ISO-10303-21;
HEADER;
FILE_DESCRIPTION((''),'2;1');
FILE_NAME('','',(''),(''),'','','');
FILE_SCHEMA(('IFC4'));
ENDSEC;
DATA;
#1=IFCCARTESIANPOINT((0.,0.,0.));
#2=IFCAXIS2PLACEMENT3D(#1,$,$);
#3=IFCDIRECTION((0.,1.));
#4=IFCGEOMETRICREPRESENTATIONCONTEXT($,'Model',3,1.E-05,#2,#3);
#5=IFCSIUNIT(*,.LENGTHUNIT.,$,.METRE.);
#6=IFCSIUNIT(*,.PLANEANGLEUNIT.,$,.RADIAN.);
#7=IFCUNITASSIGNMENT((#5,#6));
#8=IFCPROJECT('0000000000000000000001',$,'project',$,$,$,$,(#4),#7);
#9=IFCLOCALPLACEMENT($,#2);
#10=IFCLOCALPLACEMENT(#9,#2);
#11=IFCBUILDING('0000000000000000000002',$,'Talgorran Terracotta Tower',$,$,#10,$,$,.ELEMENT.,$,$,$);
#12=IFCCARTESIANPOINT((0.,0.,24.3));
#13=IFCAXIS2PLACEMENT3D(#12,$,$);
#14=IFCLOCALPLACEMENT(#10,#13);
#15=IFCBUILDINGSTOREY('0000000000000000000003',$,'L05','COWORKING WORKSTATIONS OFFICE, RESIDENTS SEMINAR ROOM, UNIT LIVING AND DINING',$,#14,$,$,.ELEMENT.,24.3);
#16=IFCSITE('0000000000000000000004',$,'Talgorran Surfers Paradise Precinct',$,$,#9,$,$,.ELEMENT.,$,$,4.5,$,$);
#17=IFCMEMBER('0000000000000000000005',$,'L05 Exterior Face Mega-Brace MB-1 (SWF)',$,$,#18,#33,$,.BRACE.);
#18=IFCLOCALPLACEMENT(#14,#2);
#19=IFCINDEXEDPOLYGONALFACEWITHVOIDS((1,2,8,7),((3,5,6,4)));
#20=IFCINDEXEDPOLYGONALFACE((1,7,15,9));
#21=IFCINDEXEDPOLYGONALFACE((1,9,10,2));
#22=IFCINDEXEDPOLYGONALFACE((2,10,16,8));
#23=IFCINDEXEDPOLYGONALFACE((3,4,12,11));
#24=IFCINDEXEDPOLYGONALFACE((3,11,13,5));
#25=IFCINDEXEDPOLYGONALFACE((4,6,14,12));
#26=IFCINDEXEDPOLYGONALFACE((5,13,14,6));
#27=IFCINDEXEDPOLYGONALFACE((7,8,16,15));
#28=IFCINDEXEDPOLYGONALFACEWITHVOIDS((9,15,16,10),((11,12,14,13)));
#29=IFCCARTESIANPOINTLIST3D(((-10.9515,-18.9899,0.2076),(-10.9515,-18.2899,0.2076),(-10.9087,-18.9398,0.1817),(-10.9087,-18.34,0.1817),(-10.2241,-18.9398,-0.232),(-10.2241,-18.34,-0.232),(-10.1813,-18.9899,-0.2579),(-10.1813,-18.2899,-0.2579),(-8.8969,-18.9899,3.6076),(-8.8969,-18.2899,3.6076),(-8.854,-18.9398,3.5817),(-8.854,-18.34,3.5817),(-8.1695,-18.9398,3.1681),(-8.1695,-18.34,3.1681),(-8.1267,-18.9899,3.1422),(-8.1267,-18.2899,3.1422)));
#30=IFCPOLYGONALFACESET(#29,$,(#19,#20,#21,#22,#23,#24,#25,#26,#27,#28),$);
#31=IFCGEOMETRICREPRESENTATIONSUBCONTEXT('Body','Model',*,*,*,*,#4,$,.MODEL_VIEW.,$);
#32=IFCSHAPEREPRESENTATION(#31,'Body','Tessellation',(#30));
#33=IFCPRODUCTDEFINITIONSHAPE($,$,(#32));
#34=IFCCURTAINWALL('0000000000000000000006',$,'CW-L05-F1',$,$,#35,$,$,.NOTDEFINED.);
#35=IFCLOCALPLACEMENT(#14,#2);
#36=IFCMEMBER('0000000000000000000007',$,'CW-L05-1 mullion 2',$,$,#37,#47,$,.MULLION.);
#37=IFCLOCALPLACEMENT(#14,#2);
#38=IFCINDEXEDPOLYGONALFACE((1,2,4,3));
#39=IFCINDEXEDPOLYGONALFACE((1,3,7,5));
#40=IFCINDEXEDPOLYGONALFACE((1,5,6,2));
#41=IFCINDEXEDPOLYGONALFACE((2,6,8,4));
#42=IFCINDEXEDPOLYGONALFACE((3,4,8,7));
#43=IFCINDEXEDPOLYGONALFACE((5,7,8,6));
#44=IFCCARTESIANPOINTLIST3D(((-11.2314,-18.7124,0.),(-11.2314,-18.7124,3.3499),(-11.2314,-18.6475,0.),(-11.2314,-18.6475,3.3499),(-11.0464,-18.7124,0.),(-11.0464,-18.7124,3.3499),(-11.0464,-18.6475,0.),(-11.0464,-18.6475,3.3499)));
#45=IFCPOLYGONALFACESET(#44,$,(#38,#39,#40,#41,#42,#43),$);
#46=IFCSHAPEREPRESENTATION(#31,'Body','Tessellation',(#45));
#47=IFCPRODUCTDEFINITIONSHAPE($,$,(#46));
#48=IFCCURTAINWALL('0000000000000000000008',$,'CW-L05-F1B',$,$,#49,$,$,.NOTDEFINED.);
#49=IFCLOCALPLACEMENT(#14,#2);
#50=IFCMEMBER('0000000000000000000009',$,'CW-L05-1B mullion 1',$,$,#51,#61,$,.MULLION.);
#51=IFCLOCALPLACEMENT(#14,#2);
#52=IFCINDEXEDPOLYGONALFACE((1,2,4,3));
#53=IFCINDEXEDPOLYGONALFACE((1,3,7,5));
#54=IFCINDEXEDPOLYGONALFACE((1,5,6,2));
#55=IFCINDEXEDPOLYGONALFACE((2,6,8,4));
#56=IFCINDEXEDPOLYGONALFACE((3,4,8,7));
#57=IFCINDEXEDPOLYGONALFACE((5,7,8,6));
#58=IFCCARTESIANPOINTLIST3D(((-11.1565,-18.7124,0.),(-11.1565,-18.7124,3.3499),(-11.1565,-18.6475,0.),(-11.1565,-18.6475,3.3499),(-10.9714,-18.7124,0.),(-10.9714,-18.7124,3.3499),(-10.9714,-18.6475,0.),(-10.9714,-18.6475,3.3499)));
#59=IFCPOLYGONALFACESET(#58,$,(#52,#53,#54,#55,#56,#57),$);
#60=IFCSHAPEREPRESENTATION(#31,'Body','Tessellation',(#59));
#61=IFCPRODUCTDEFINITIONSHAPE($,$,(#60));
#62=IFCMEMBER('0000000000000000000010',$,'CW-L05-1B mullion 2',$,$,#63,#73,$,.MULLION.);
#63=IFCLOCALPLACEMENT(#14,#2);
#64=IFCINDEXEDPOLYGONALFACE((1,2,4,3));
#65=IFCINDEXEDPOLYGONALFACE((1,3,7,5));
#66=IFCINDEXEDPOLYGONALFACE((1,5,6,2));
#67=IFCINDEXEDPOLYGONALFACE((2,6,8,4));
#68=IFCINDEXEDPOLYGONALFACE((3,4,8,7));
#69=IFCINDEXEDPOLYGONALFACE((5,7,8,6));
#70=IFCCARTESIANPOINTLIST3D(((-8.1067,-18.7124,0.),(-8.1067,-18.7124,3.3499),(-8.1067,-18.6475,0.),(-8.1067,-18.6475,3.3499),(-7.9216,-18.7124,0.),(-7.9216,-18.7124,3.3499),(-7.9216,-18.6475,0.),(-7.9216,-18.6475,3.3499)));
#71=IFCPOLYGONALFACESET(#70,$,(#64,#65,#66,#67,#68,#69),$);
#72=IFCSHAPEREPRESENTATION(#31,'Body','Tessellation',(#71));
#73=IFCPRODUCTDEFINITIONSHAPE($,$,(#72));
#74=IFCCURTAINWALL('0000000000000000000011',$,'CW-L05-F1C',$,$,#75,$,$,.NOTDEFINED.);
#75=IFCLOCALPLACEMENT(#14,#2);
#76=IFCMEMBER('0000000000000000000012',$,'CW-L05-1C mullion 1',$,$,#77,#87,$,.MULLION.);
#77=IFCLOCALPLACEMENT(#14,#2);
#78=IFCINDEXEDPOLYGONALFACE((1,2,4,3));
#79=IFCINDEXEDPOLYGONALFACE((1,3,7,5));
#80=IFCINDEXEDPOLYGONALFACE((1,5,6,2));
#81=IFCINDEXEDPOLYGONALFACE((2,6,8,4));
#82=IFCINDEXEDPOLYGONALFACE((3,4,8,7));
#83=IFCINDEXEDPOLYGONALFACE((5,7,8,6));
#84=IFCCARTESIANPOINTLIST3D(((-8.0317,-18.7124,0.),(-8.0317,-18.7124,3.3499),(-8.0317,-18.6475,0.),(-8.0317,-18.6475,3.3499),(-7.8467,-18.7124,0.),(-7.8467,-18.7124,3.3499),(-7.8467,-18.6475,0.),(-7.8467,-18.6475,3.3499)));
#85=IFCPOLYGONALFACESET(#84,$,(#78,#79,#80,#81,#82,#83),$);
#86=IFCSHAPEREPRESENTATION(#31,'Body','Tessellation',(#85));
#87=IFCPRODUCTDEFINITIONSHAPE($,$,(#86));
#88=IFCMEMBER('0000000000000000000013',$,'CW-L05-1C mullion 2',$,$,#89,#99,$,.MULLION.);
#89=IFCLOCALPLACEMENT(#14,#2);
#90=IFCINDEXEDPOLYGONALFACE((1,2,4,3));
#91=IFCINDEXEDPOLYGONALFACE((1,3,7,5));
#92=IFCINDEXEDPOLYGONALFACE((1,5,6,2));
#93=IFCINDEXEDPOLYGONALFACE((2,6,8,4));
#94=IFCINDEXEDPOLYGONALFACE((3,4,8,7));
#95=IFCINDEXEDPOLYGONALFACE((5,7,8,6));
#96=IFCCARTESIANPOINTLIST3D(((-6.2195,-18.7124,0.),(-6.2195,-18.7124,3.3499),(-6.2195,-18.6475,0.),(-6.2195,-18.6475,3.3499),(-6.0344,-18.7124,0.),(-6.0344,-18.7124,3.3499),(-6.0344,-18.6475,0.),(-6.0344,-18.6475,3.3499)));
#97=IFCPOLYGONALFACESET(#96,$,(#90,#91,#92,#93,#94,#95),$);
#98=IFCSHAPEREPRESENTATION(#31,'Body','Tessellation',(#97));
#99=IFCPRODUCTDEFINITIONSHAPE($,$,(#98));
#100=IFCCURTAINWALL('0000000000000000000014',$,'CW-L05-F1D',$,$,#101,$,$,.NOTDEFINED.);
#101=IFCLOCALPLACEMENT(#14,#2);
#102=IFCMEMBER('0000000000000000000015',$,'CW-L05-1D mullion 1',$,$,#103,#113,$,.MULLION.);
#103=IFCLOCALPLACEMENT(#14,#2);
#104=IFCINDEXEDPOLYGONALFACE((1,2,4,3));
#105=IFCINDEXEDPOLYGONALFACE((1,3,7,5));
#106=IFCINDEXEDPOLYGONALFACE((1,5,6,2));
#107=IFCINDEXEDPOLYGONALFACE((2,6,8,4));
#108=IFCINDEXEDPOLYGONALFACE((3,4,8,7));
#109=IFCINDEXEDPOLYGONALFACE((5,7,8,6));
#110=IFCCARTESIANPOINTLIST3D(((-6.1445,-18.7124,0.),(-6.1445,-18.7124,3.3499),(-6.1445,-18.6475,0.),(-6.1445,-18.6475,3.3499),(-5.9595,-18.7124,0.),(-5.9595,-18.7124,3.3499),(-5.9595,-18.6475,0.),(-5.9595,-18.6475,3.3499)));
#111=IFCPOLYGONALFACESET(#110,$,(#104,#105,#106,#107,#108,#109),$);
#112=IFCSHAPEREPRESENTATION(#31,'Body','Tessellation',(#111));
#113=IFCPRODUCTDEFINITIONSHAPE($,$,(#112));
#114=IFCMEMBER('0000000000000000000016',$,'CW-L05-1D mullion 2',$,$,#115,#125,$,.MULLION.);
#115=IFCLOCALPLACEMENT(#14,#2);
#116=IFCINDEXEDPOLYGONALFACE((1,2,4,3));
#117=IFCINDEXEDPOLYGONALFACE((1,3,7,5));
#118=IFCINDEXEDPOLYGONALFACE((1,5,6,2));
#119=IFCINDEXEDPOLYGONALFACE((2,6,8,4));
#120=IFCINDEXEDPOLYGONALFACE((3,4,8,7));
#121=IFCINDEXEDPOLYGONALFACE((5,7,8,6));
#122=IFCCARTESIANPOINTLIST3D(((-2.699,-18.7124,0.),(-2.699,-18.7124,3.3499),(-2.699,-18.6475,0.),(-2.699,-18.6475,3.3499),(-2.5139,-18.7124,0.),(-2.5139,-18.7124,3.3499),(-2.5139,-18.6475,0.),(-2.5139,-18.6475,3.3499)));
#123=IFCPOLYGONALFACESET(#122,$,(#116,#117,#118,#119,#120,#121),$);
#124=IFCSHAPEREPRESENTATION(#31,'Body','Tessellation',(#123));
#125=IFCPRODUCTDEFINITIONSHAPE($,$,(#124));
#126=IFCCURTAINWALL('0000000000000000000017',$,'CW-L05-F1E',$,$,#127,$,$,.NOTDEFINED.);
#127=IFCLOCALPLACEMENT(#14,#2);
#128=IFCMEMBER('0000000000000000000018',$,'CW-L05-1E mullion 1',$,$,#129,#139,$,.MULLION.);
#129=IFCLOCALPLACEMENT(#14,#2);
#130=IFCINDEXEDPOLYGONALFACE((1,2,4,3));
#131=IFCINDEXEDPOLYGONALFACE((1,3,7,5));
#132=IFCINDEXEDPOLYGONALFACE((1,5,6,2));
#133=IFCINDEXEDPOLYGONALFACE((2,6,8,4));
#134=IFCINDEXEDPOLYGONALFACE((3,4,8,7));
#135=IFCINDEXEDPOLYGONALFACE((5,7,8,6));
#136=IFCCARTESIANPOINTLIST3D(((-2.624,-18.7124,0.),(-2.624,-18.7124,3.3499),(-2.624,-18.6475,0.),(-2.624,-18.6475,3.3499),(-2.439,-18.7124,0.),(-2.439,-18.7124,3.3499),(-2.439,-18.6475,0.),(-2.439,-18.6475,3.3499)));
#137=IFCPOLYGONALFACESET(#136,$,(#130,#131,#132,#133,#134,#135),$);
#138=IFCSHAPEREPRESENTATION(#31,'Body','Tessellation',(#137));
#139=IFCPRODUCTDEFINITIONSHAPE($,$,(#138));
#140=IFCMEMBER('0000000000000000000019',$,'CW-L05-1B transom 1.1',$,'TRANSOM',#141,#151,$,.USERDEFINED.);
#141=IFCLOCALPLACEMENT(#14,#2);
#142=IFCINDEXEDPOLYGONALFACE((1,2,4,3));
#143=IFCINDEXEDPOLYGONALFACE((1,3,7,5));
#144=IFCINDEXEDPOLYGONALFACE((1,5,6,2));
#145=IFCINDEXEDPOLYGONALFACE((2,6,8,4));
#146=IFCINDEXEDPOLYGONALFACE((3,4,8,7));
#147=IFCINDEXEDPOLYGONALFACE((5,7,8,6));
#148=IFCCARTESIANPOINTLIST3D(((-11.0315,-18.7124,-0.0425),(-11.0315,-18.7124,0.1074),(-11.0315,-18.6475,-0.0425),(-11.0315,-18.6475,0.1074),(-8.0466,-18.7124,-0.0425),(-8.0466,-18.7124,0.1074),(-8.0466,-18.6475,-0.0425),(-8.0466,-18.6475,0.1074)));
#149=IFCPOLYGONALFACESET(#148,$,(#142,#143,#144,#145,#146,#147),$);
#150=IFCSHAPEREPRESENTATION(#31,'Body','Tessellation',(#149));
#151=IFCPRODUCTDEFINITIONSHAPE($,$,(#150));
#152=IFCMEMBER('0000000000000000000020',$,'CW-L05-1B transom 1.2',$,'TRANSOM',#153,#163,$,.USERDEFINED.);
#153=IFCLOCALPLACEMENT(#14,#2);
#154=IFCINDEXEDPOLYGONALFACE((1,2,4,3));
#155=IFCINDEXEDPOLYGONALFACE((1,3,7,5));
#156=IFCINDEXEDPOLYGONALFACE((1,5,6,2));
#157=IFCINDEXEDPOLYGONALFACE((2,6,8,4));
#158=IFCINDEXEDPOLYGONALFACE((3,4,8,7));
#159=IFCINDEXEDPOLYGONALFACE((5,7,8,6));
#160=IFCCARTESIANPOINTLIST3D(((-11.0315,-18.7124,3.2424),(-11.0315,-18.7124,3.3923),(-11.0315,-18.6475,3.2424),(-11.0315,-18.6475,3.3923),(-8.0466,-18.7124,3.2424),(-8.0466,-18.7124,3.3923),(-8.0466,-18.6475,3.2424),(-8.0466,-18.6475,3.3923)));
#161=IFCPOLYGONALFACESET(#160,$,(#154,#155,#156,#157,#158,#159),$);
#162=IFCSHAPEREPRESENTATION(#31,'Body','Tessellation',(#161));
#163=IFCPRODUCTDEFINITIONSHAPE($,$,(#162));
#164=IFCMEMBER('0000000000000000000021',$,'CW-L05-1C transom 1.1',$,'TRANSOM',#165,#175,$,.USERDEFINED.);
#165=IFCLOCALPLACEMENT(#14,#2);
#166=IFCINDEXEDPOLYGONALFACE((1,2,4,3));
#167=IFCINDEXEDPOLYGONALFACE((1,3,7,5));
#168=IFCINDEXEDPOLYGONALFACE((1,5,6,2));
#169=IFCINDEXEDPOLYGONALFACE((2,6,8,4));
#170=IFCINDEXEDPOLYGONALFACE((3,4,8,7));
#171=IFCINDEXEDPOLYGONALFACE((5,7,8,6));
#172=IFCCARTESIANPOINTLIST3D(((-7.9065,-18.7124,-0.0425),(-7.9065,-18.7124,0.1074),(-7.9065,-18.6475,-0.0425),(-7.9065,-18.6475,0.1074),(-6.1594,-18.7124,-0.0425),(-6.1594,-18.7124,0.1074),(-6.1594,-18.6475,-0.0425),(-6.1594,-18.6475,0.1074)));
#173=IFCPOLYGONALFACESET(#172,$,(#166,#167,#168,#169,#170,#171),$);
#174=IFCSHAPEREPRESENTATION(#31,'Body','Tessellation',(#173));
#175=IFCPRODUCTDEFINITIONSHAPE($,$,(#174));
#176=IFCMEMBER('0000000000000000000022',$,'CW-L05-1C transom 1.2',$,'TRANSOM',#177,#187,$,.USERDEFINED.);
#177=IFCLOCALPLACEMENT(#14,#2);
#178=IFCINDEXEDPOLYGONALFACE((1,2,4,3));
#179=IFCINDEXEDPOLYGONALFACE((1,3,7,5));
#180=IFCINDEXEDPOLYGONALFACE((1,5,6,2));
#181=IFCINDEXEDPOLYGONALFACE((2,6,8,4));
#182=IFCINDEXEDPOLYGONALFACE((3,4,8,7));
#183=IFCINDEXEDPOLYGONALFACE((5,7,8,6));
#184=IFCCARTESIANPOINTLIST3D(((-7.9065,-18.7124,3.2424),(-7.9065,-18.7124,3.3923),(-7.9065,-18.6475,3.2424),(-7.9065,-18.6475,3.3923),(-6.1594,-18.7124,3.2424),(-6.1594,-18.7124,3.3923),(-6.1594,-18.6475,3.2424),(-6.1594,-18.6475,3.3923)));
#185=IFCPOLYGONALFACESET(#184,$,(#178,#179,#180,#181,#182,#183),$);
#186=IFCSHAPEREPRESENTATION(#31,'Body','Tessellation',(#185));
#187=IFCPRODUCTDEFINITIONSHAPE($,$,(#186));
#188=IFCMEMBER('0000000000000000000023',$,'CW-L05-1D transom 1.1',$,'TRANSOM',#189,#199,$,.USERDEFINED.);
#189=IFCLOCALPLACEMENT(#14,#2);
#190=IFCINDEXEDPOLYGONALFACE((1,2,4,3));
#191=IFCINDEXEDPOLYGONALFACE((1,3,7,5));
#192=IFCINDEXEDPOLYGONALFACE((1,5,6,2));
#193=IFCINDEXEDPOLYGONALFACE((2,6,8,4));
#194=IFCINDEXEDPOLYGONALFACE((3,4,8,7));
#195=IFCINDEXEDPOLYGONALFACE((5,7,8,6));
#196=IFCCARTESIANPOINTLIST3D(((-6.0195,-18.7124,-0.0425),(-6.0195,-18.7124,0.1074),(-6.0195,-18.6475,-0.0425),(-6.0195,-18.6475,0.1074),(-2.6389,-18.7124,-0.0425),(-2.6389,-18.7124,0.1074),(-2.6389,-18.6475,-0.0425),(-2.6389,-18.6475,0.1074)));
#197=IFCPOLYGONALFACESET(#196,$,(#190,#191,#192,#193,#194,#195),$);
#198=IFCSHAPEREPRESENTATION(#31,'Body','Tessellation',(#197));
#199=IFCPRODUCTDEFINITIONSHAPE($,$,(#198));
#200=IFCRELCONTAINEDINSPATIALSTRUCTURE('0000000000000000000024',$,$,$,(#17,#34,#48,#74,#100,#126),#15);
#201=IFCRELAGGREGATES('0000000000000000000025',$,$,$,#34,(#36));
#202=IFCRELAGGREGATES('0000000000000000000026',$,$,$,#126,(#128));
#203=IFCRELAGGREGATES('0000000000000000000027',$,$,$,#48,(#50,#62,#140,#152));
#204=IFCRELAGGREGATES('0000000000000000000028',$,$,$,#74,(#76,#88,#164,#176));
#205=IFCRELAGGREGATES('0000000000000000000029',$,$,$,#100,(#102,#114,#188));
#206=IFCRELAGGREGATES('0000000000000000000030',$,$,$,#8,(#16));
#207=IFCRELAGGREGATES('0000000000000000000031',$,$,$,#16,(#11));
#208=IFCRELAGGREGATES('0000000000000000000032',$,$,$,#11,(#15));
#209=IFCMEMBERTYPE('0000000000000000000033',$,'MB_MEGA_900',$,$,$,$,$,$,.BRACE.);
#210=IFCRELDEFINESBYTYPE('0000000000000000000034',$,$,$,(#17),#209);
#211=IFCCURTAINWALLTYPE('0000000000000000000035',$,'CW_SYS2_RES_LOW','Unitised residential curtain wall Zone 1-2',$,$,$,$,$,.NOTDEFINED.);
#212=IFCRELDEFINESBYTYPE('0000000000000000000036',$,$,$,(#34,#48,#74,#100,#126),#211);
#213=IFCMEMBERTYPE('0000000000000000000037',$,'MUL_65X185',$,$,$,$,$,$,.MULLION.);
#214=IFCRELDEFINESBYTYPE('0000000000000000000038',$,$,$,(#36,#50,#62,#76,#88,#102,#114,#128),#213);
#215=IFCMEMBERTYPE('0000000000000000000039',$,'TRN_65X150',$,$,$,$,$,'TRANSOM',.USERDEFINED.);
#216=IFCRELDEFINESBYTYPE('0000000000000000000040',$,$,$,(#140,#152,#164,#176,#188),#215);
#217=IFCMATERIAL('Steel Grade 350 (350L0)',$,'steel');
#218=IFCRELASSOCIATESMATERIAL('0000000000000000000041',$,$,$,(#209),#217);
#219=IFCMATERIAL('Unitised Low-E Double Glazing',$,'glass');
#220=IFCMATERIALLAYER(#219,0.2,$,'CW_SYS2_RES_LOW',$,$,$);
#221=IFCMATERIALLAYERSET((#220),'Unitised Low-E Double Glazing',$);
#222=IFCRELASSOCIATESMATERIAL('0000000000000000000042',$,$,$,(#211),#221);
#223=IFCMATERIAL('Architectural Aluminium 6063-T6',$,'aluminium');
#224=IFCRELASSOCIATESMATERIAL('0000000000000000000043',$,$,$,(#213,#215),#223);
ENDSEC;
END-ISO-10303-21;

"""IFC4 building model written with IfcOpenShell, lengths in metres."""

from ifc_helpers import new_model, si_unit, direction, frame, origin, origin_2d, place, context, subcontext, project, spatial, rectangle, hollow_rectangle, extrude, material, layer, layer_set, material_profile, profile_set, type_object, element, aggregate, save


model = new_model("IFC4")

# Units and contexts
model_context = context("Model", 3, precision=1e-05, world=origin(), true_north=direction((0.0, 1.0)))
body_context = subcontext(model_context, "Body", "Model", "MODEL_VIEW")
ifc_project = project(units=[si_unit("LENGTHUNIT", "METRE"), si_unit("PLANEANGLEUNIT", "RADIAN")], contexts=[model_context])

# Site, building, storey
site_placement = place(None, origin())
site = spatial("IfcSite", under=ifc_project, at=site_placement, Name="Talgorran Surfers Paradise Precinct", CompositionType="ELEMENT", RefElevation=4.5)
building_placement = place(site_placement, origin())
building = spatial("IfcBuilding", under=site, at=building_placement, Name="Talgorran Terracotta Tower", CompositionType="ELEMENT")
storey_placement = place(building_placement, frame((0.0, 0.0, 24.3)))
storey = spatial("IfcBuildingStorey", under=building, at=storey_placement, Name="L05", Description="COWORKING WORKSTATIONS OFFICE, RESIDENTS SEMINAR ROOM, UNIT LIVING AND DINING", CompositionType="ELEMENT", Elevation=24.3)

# Member
ifc_material_1 = material(Name="Steel Grade 350 (350L0)", Category="steel")
ifc_material_profile_1 = material_profile(ifc_material_1, hollow_rectangle(XDim=0.7, YDim=0.8999, WallThickness=0.05, at=origin_2d()), Name="WBOX900X700X50")
ifc_profile_set_1 = profile_set([ifc_material_profile_1], Name="Steel Grade 350 (350L0)")
member_type_1 = type_object("IfcMemberType", Name="MB_MEGA_900", PredefinedType="BRACE", material=ifc_profile_set_1)
member_1_placement = place(storey_placement, frame((-10.5664, -18.6399, -0.0251), z_axis=(0.517195, 0.0, 0.855867), x_axis=(0.0, 1.0, 0.0)))
element("IfcMember", 1, at=member_1_placement, inside=storey, type_object=member_type_1, Name="L05 Exterior Face Mega-Brace MB-1 (SWF)", PredefinedType="BRACE", context=body_context, shape_type="SweptSolid", body=[
    extrude(hollow_rectangle(XDim=0.7, YDim=0.8999, WallThickness=0.05, at=origin_2d()), origin(), (0.0, 0.0, 1.0), 3.9727),
])

# Curtain wall, member
ifc_material_2 = material(Name="Unitised Low-E Double Glazing", Category="glass")
ifc_layer_1 = layer(ifc_material_2, 0.2, Name="CW_SYS2_RES_LOW")
ifc_layer_set_1 = layer_set([ifc_layer_1], Name="Unitised Low-E Double Glazing")
curtain_wall_type = type_object("IfcCurtainWallType", Name="CW_SYS2_RES_LOW", Description="Unitised residential curtain wall Zone 1-2", PredefinedType="NOTDEFINED", material=ifc_layer_set_1)
curtain_wall_1_placement = place(storey_placement, origin())
curtain_wall_1 = element("IfcCurtainWall", 2, at=curtain_wall_1_placement, inside=storey, type_object=curtain_wall_type, Name="CW-L05-F1", PredefinedType="NOTDEFINED")
ifc_material_3 = material(Name="Architectural Aluminium 6063-T6", Category="aluminium")
ifc_material_profile_2 = material_profile(ifc_material_3, rectangle(XDim=0.0649, YDim=0.1851, at=origin_2d()), Name="CWM65X185")
ifc_profile_set_2 = profile_set([ifc_material_profile_2], Name="Architectural Aluminium 6063-T6")
member_type_2 = type_object("IfcMemberType", Name="MUL_65X185", PredefinedType="MULLION", material=ifc_profile_set_2)
member_2_placement = place(storey_placement, frame((-11.1389, -18.6799, 0.0), z_axis=(0.0, 0.0, 1.0), x_axis=(0.0, 1.0, 0.0)))
member_2 = element("IfcMember", 3, at=member_2_placement, type_object=member_type_2, Name="CW-L05-1 mullion 2", PredefinedType="MULLION", context=body_context, shape_type="SweptSolid", body=[
    extrude(rectangle(XDim=0.0649, YDim=0.1851, at=origin_2d()), origin(), (0.0, 0.0, 1.0), 3.3499),
])
aggregate(curtain_wall_1, [member_2])

# Curtain walls, members
curtain_wall_2_placement = place(storey_placement, origin())
curtain_wall_2 = element("IfcCurtainWall", 4, at=curtain_wall_2_placement, inside=storey, type_object=curtain_wall_type, Name="CW-L05-F1B", PredefinedType="NOTDEFINED")
member_3_placement = place(storey_placement, frame((-11.064, -18.6799, 0.0), z_axis=(0.0, 0.0, 1.0), x_axis=(0.0, 1.0, 0.0)))
member_3 = element("IfcMember", 5, at=member_3_placement, type_object=member_type_2, Name="CW-L05-1B mullion 1", PredefinedType="MULLION", context=body_context, shape_type="SweptSolid", body=[
    extrude(rectangle(XDim=0.0649, YDim=0.1851, at=origin_2d()), origin(), (0.0, 0.0, 1.0), 3.3499),
])
member_4_placement = place(storey_placement, frame((-8.0142, -18.6799, 0.0), z_axis=(0.0, 0.0, 1.0), x_axis=(0.0, 1.0, 0.0)))
member_4 = element("IfcMember", 6, at=member_4_placement, type_object=member_type_2, Name="CW-L05-1B mullion 2", PredefinedType="MULLION", context=body_context, shape_type="SweptSolid", body=[
    extrude(rectangle(XDim=0.0649, YDim=0.1851, at=origin_2d()), origin(), (0.0, 0.0, 1.0), 3.3499),
])
curtain_wall_3_placement = place(storey_placement, origin())
curtain_wall_3 = element("IfcCurtainWall", 7, at=curtain_wall_3_placement, inside=storey, type_object=curtain_wall_type, Name="CW-L05-F1C", PredefinedType="NOTDEFINED")
member_5_placement = place(storey_placement, frame((-7.9392, -18.6799, 0.0), z_axis=(0.0, 0.0, 1.0), x_axis=(0.0, 1.0, 0.0)))
member_5 = element("IfcMember", 8, at=member_5_placement, type_object=member_type_2, Name="CW-L05-1C mullion 1", PredefinedType="MULLION", context=body_context, shape_type="SweptSolid", body=[
    extrude(rectangle(XDim=0.0649, YDim=0.1851, at=origin_2d()), origin(), (0.0, 0.0, 1.0), 3.3499),
])
member_6_placement = place(storey_placement, frame((-6.127, -18.6799, 0.0), z_axis=(0.0, 0.0, 1.0), x_axis=(0.0, 1.0, 0.0)))
member_6 = element("IfcMember", 9, at=member_6_placement, type_object=member_type_2, Name="CW-L05-1C mullion 2", PredefinedType="MULLION", context=body_context, shape_type="SweptSolid", body=[
    extrude(rectangle(XDim=0.0649, YDim=0.1851, at=origin_2d()), origin(), (0.0, 0.0, 1.0), 3.3499),
])
curtain_wall_4_placement = place(storey_placement, origin())
curtain_wall_4 = element("IfcCurtainWall", 10, at=curtain_wall_4_placement, inside=storey, type_object=curtain_wall_type, Name="CW-L05-F1D", PredefinedType="NOTDEFINED")
member_7_placement = place(storey_placement, frame((-6.052, -18.6799, 0.0), z_axis=(0.0, 0.0, 1.0), x_axis=(0.0, 1.0, 0.0)))
member_7 = element("IfcMember", 11, at=member_7_placement, type_object=member_type_2, Name="CW-L05-1D mullion 1", PredefinedType="MULLION", context=body_context, shape_type="SweptSolid", body=[
    extrude(rectangle(XDim=0.0649, YDim=0.1851, at=origin_2d()), origin(), (0.0, 0.0, 1.0), 3.3499),
])
member_8_placement = place(storey_placement, frame((-2.6064, -18.6799, 0.0), z_axis=(0.0, 0.0, 1.0), x_axis=(0.0, 1.0, 0.0)))
member_8 = element("IfcMember", 12, at=member_8_placement, type_object=member_type_2, Name="CW-L05-1D mullion 2", PredefinedType="MULLION", context=body_context, shape_type="SweptSolid", body=[
    extrude(rectangle(XDim=0.0649, YDim=0.1851, at=origin_2d()), origin(), (0.0, 0.0, 1.0), 3.3499),
])

# Curtain wall, member
curtain_wall_5_placement = place(storey_placement, origin())
curtain_wall_5 = element("IfcCurtainWall", 13, at=curtain_wall_5_placement, inside=storey, type_object=curtain_wall_type, Name="CW-L05-F1E", PredefinedType="NOTDEFINED")
member_9_placement = place(storey_placement, frame((-2.5315, -18.6799, 0.0), z_axis=(0.0, 0.0, 1.0), x_axis=(0.0, 1.0, 0.0)))
member_9 = element("IfcMember", 14, at=member_9_placement, type_object=member_type_2, Name="CW-L05-1E mullion 1", PredefinedType="MULLION", context=body_context, shape_type="SweptSolid", body=[
    extrude(rectangle(XDim=0.0649, YDim=0.1851, at=origin_2d()), origin(), (0.0, 0.0, 1.0), 3.3499),
])

# Members
ifc_material_profile_3 = material_profile(ifc_material_3, rectangle(XDim=0.0649, YDim=0.1499, at=origin_2d()), Name="CWT65X150")
ifc_profile_set_3 = profile_set([ifc_material_profile_3], Name="Architectural Aluminium 6063-T6")
member_type_3 = type_object("IfcMemberType", Name="TRN_65X150", ElementType="TRANSOM", PredefinedType="USERDEFINED", material=ifc_profile_set_3)
member_10_placement = place(storey_placement, frame((-11.0315, -18.6799, 0.0325), z_axis=(1.0, 0.0, 0.0), x_axis=(0.0, 1.0, 0.0)))
member_10 = element("IfcMember", 15, at=member_10_placement, type_object=member_type_3, Name="CW-L05-1B transom 1.1", ObjectType="TRANSOM", PredefinedType="USERDEFINED", context=body_context, shape_type="SweptSolid", body=[
    extrude(rectangle(XDim=0.0649, YDim=0.1499, at=origin_2d()), origin(), (0.0, 0.0, 1.0), 2.9849),
])
member_11_placement = place(storey_placement, frame((-11.0315, -18.6799, 3.3174), z_axis=(1.0, 0.0, 0.0), x_axis=(0.0, 1.0, 0.0)))
member_11 = element("IfcMember", 16, at=member_11_placement, type_object=member_type_3, Name="CW-L05-1B transom 1.2", ObjectType="TRANSOM", PredefinedType="USERDEFINED", context=body_context, shape_type="SweptSolid", body=[
    extrude(rectangle(XDim=0.0649, YDim=0.1499, at=origin_2d()), origin(), (0.0, 0.0, 1.0), 2.9849),
])
member_12_placement = place(storey_placement, frame((-7.9065, -18.6799, 0.0325), z_axis=(1.0, 0.0, 0.0), x_axis=(0.0, 1.0, 0.0)))
member_12 = element("IfcMember", 17, at=member_12_placement, type_object=member_type_3, Name="CW-L05-1C transom 1.1", ObjectType="TRANSOM", PredefinedType="USERDEFINED", context=body_context, shape_type="SweptSolid", body=[
    extrude(rectangle(XDim=0.0649, YDim=0.1499, at=origin_2d()), origin(), (0.0, 0.0, 1.0), 1.7471),
])
member_13_placement = place(storey_placement, frame((-7.9065, -18.6799, 3.3174), z_axis=(1.0, 0.0, 0.0), x_axis=(0.0, 1.0, 0.0)))
member_13 = element("IfcMember", 18, at=member_13_placement, type_object=member_type_3, Name="CW-L05-1C transom 1.2", ObjectType="TRANSOM", PredefinedType="USERDEFINED", context=body_context, shape_type="SweptSolid", body=[
    extrude(rectangle(XDim=0.0649, YDim=0.1499, at=origin_2d()), origin(), (0.0, 0.0, 1.0), 1.7471),
])
member_14_placement = place(storey_placement, frame((-6.0195, -18.6799, 0.0325), z_axis=(1.0, 0.0, 0.0), x_axis=(0.0, 1.0, 0.0)))
member_14 = element("IfcMember", 19, at=member_14_placement, type_object=member_type_3, Name="CW-L05-1D transom 1.1", ObjectType="TRANSOM", PredefinedType="USERDEFINED", context=body_context, shape_type="SweptSolid", body=[
    extrude(rectangle(XDim=0.0649, YDim=0.1499, at=origin_2d()), origin(), (0.0, 0.0, 1.0), 3.3806),
])
aggregate(curtain_wall_5, [member_9])

aggregate(curtain_wall_2, [member_3, member_4, member_10, member_11])
aggregate(curtain_wall_3, [member_5, member_6, member_12, member_13])
aggregate(curtain_wall_4, [member_7, member_8, member_14])

save(model, "model.ifc")
